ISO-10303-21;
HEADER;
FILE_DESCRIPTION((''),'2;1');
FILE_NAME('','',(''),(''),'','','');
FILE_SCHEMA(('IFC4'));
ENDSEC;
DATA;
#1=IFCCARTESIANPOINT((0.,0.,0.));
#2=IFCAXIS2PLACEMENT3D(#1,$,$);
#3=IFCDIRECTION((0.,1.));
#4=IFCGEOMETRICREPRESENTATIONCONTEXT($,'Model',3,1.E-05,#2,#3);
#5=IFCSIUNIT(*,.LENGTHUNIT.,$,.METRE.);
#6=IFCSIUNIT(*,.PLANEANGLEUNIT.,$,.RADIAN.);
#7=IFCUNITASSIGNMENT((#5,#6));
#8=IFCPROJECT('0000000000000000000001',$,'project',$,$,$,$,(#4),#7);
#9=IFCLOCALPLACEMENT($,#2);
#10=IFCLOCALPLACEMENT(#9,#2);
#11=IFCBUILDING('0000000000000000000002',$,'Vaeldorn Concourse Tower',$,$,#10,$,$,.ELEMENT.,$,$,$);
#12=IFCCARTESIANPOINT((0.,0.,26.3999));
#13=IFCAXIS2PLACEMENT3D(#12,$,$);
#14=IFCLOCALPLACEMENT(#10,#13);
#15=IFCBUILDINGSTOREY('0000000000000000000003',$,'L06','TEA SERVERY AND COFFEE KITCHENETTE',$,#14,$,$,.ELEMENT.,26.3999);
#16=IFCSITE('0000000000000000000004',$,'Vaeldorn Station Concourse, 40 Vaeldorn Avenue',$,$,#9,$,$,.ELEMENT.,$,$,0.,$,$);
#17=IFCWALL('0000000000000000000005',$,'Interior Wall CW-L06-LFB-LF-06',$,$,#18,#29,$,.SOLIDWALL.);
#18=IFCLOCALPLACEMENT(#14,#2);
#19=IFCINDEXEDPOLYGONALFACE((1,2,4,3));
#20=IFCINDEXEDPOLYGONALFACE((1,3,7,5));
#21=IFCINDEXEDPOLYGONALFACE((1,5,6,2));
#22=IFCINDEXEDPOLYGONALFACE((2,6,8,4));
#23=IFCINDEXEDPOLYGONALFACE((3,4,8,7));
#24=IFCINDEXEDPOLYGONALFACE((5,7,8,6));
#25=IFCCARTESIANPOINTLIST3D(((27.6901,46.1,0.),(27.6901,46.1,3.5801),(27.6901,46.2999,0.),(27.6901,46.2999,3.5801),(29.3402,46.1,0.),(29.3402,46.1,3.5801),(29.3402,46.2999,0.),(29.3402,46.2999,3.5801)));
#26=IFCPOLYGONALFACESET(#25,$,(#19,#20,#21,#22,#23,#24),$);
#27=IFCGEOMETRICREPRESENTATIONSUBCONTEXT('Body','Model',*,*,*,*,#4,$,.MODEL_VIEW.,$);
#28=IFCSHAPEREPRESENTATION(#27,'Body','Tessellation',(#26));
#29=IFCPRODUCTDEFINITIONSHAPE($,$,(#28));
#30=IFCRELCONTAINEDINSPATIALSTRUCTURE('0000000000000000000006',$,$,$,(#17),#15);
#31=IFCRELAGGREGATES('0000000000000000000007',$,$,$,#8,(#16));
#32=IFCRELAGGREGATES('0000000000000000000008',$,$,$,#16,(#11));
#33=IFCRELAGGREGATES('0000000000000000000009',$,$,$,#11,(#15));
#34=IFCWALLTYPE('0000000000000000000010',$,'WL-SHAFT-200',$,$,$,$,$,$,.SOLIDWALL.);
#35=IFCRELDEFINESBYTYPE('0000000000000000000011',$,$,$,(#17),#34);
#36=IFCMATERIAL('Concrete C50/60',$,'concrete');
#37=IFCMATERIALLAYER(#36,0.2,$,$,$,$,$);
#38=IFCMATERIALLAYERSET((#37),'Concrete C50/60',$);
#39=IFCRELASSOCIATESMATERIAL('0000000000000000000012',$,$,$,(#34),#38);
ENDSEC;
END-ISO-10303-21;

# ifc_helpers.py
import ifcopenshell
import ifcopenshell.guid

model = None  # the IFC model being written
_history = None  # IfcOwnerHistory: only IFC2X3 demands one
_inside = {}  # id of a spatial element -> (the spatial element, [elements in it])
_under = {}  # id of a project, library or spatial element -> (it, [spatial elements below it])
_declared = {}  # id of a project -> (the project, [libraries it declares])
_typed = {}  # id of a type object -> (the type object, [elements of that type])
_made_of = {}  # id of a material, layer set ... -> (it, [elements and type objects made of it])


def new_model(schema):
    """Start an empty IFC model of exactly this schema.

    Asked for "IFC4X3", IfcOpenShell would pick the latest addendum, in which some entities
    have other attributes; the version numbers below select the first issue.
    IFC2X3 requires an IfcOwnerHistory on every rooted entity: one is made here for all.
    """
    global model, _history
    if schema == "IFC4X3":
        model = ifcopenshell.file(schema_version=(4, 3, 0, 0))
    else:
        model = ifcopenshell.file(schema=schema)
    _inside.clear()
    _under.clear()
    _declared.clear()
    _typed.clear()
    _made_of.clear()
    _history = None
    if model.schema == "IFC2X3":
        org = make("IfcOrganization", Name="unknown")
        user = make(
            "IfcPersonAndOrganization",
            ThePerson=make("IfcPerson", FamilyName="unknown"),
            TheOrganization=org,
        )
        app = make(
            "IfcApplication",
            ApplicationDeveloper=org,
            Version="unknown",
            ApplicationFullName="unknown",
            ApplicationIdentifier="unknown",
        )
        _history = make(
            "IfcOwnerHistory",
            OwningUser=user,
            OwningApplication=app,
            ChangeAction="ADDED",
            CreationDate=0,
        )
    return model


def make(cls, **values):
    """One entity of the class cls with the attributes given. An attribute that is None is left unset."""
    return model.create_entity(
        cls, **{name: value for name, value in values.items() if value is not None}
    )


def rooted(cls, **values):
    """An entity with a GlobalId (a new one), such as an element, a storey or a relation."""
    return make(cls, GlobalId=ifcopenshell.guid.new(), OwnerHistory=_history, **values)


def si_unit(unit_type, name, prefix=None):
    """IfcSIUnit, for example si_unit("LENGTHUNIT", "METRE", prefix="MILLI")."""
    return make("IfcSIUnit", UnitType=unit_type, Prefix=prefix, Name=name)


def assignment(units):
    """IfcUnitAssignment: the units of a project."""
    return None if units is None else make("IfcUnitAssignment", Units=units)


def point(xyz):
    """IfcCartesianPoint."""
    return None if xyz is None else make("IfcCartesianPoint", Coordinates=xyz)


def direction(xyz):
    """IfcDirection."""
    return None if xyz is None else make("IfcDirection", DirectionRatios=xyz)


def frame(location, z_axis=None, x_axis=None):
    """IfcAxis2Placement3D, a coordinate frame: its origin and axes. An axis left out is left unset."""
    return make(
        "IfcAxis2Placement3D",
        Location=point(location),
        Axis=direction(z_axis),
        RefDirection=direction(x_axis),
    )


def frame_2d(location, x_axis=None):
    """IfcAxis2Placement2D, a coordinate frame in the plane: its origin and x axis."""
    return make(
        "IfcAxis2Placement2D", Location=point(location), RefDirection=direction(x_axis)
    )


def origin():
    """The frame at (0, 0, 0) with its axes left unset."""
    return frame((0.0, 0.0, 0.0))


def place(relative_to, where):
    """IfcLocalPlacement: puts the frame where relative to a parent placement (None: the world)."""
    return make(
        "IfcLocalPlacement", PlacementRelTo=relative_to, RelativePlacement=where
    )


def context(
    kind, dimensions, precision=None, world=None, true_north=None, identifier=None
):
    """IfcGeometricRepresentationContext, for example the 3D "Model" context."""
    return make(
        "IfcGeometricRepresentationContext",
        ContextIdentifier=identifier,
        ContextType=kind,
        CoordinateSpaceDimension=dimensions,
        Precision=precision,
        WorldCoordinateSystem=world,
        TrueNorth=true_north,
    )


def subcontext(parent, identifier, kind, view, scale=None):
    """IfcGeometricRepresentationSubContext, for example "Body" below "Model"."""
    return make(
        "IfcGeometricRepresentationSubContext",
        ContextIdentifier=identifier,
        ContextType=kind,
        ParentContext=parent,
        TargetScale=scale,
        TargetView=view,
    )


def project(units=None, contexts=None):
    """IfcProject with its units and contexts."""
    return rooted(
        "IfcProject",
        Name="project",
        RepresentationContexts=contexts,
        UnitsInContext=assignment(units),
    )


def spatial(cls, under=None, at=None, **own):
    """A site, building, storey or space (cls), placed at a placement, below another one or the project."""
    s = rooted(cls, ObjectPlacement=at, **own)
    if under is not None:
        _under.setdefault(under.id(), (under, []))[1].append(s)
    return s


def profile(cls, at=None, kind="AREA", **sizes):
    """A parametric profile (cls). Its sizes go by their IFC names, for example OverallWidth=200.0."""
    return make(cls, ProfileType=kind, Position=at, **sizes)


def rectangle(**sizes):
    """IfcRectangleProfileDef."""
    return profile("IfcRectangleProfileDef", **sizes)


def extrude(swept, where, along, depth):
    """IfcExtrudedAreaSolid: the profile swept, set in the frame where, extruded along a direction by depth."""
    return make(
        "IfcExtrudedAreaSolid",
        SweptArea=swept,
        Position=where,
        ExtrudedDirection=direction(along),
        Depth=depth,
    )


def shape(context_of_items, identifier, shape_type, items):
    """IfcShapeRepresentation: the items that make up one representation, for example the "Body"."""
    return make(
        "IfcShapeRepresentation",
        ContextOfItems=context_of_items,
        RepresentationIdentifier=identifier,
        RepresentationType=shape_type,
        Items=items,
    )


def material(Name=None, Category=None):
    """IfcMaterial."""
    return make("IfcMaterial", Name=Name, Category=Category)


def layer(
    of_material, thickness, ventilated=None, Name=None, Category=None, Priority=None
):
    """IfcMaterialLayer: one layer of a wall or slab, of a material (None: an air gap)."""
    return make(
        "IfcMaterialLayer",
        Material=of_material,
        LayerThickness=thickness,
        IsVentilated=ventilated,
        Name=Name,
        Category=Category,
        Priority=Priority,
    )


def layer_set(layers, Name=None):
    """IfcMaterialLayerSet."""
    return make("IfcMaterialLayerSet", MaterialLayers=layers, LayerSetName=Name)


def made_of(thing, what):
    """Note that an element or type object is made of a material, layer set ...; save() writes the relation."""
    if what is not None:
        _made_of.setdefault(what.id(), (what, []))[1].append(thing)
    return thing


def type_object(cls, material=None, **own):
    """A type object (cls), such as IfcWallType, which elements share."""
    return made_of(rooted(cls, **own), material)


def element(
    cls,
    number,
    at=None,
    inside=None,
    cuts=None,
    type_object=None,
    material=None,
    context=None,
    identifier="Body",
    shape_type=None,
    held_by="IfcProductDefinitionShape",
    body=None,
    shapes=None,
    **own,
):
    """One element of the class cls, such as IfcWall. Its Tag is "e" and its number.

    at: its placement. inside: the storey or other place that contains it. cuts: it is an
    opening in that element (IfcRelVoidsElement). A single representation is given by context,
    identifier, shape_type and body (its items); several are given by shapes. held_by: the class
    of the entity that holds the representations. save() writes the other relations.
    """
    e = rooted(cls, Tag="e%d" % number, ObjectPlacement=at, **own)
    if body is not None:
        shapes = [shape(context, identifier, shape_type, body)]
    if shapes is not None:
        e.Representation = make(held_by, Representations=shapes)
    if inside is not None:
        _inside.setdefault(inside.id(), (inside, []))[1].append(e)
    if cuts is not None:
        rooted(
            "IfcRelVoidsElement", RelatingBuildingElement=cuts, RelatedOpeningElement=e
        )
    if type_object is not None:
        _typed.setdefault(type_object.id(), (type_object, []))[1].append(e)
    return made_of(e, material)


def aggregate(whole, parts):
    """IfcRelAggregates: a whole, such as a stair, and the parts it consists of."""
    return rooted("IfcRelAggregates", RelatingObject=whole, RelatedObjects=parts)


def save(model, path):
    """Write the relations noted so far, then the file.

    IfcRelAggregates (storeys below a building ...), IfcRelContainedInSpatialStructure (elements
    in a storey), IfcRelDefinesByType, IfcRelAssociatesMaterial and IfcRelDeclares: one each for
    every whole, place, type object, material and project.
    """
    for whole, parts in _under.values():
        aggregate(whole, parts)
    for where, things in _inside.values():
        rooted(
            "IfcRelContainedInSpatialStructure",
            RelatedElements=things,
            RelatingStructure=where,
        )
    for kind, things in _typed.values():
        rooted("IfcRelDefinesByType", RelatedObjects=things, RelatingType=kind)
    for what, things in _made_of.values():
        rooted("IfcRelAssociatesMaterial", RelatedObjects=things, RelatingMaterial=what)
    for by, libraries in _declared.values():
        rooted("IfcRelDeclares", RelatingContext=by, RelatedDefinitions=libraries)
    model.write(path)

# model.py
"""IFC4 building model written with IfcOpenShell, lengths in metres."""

from ifc_helpers import new_model, si_unit, direction, frame, frame_2d, origin, place, context, subcontext, project, spatial, rectangle, extrude, material, layer, layer_set, type_object, element, save


model = new_model("IFC4")

# Units and contexts
model_context = context("Model", 3, precision=1e-05, world=origin(), true_north=direction((0.0, 1.0)))
body_context = subcontext(model_context, "Body", "Model", "MODEL_VIEW")
ifc_project = project(units=[si_unit("LENGTHUNIT", "METRE"), si_unit("PLANEANGLEUNIT", "RADIAN")], contexts=[model_context])

# Site, building, storey
site_placement = place(None, origin())
site = spatial("IfcSite", under=ifc_project, at=site_placement, Name="Vaeldorn Station Concourse, 40 Vaeldorn Avenue", CompositionType="ELEMENT", RefElevation=0.0)
building_placement = place(site_placement, origin())
building = spatial("IfcBuilding", under=site, at=building_placement, Name="Vaeldorn Concourse Tower", CompositionType="ELEMENT")
storey_placement = place(building_placement, frame((0.0, 0.0, 26.3999)))
storey = spatial("IfcBuildingStorey", under=building, at=storey_placement, Name="L06", Description="TEA SERVERY AND COFFEE KITCHENETTE", CompositionType="ELEMENT", Elevation=26.3999)

# Shared definitions
ifc_material_1 = material(Name="Concrete C50/60", Category="concrete")
ifc_layer_1 = layer(ifc_material_1, 0.2)
ifc_layer_set_1 = layer_set([ifc_layer_1], Name="Concrete C50/60")
wall_type_1 = type_object("IfcWallType", Name="WL-SHAFT-200", PredefinedType="SOLIDWALL", material=ifc_layer_set_1)

# Wall
wall_1_placement = place(storey_placement, frame((27.6899, 46.2, 0.0), z_axis=(0.0, 0.0, 1.0), x_axis=(1.0, 0.0, 0.0)))
element("IfcWall", 1, at=wall_1_placement, inside=storey, type_object=wall_type_1, Name="Interior Wall CW-L06-LFB-LF-06", PredefinedType="SOLIDWALL", context=body_context, shape_type="SweptSolid", body=[
    extrude(rectangle(XDim=1.6501, YDim=0.2, at=frame_2d((0.8252, 0.0))), origin(), (0.0, 0.0, 1.0), 3.5801),
])

save(model, "model.ifc")
